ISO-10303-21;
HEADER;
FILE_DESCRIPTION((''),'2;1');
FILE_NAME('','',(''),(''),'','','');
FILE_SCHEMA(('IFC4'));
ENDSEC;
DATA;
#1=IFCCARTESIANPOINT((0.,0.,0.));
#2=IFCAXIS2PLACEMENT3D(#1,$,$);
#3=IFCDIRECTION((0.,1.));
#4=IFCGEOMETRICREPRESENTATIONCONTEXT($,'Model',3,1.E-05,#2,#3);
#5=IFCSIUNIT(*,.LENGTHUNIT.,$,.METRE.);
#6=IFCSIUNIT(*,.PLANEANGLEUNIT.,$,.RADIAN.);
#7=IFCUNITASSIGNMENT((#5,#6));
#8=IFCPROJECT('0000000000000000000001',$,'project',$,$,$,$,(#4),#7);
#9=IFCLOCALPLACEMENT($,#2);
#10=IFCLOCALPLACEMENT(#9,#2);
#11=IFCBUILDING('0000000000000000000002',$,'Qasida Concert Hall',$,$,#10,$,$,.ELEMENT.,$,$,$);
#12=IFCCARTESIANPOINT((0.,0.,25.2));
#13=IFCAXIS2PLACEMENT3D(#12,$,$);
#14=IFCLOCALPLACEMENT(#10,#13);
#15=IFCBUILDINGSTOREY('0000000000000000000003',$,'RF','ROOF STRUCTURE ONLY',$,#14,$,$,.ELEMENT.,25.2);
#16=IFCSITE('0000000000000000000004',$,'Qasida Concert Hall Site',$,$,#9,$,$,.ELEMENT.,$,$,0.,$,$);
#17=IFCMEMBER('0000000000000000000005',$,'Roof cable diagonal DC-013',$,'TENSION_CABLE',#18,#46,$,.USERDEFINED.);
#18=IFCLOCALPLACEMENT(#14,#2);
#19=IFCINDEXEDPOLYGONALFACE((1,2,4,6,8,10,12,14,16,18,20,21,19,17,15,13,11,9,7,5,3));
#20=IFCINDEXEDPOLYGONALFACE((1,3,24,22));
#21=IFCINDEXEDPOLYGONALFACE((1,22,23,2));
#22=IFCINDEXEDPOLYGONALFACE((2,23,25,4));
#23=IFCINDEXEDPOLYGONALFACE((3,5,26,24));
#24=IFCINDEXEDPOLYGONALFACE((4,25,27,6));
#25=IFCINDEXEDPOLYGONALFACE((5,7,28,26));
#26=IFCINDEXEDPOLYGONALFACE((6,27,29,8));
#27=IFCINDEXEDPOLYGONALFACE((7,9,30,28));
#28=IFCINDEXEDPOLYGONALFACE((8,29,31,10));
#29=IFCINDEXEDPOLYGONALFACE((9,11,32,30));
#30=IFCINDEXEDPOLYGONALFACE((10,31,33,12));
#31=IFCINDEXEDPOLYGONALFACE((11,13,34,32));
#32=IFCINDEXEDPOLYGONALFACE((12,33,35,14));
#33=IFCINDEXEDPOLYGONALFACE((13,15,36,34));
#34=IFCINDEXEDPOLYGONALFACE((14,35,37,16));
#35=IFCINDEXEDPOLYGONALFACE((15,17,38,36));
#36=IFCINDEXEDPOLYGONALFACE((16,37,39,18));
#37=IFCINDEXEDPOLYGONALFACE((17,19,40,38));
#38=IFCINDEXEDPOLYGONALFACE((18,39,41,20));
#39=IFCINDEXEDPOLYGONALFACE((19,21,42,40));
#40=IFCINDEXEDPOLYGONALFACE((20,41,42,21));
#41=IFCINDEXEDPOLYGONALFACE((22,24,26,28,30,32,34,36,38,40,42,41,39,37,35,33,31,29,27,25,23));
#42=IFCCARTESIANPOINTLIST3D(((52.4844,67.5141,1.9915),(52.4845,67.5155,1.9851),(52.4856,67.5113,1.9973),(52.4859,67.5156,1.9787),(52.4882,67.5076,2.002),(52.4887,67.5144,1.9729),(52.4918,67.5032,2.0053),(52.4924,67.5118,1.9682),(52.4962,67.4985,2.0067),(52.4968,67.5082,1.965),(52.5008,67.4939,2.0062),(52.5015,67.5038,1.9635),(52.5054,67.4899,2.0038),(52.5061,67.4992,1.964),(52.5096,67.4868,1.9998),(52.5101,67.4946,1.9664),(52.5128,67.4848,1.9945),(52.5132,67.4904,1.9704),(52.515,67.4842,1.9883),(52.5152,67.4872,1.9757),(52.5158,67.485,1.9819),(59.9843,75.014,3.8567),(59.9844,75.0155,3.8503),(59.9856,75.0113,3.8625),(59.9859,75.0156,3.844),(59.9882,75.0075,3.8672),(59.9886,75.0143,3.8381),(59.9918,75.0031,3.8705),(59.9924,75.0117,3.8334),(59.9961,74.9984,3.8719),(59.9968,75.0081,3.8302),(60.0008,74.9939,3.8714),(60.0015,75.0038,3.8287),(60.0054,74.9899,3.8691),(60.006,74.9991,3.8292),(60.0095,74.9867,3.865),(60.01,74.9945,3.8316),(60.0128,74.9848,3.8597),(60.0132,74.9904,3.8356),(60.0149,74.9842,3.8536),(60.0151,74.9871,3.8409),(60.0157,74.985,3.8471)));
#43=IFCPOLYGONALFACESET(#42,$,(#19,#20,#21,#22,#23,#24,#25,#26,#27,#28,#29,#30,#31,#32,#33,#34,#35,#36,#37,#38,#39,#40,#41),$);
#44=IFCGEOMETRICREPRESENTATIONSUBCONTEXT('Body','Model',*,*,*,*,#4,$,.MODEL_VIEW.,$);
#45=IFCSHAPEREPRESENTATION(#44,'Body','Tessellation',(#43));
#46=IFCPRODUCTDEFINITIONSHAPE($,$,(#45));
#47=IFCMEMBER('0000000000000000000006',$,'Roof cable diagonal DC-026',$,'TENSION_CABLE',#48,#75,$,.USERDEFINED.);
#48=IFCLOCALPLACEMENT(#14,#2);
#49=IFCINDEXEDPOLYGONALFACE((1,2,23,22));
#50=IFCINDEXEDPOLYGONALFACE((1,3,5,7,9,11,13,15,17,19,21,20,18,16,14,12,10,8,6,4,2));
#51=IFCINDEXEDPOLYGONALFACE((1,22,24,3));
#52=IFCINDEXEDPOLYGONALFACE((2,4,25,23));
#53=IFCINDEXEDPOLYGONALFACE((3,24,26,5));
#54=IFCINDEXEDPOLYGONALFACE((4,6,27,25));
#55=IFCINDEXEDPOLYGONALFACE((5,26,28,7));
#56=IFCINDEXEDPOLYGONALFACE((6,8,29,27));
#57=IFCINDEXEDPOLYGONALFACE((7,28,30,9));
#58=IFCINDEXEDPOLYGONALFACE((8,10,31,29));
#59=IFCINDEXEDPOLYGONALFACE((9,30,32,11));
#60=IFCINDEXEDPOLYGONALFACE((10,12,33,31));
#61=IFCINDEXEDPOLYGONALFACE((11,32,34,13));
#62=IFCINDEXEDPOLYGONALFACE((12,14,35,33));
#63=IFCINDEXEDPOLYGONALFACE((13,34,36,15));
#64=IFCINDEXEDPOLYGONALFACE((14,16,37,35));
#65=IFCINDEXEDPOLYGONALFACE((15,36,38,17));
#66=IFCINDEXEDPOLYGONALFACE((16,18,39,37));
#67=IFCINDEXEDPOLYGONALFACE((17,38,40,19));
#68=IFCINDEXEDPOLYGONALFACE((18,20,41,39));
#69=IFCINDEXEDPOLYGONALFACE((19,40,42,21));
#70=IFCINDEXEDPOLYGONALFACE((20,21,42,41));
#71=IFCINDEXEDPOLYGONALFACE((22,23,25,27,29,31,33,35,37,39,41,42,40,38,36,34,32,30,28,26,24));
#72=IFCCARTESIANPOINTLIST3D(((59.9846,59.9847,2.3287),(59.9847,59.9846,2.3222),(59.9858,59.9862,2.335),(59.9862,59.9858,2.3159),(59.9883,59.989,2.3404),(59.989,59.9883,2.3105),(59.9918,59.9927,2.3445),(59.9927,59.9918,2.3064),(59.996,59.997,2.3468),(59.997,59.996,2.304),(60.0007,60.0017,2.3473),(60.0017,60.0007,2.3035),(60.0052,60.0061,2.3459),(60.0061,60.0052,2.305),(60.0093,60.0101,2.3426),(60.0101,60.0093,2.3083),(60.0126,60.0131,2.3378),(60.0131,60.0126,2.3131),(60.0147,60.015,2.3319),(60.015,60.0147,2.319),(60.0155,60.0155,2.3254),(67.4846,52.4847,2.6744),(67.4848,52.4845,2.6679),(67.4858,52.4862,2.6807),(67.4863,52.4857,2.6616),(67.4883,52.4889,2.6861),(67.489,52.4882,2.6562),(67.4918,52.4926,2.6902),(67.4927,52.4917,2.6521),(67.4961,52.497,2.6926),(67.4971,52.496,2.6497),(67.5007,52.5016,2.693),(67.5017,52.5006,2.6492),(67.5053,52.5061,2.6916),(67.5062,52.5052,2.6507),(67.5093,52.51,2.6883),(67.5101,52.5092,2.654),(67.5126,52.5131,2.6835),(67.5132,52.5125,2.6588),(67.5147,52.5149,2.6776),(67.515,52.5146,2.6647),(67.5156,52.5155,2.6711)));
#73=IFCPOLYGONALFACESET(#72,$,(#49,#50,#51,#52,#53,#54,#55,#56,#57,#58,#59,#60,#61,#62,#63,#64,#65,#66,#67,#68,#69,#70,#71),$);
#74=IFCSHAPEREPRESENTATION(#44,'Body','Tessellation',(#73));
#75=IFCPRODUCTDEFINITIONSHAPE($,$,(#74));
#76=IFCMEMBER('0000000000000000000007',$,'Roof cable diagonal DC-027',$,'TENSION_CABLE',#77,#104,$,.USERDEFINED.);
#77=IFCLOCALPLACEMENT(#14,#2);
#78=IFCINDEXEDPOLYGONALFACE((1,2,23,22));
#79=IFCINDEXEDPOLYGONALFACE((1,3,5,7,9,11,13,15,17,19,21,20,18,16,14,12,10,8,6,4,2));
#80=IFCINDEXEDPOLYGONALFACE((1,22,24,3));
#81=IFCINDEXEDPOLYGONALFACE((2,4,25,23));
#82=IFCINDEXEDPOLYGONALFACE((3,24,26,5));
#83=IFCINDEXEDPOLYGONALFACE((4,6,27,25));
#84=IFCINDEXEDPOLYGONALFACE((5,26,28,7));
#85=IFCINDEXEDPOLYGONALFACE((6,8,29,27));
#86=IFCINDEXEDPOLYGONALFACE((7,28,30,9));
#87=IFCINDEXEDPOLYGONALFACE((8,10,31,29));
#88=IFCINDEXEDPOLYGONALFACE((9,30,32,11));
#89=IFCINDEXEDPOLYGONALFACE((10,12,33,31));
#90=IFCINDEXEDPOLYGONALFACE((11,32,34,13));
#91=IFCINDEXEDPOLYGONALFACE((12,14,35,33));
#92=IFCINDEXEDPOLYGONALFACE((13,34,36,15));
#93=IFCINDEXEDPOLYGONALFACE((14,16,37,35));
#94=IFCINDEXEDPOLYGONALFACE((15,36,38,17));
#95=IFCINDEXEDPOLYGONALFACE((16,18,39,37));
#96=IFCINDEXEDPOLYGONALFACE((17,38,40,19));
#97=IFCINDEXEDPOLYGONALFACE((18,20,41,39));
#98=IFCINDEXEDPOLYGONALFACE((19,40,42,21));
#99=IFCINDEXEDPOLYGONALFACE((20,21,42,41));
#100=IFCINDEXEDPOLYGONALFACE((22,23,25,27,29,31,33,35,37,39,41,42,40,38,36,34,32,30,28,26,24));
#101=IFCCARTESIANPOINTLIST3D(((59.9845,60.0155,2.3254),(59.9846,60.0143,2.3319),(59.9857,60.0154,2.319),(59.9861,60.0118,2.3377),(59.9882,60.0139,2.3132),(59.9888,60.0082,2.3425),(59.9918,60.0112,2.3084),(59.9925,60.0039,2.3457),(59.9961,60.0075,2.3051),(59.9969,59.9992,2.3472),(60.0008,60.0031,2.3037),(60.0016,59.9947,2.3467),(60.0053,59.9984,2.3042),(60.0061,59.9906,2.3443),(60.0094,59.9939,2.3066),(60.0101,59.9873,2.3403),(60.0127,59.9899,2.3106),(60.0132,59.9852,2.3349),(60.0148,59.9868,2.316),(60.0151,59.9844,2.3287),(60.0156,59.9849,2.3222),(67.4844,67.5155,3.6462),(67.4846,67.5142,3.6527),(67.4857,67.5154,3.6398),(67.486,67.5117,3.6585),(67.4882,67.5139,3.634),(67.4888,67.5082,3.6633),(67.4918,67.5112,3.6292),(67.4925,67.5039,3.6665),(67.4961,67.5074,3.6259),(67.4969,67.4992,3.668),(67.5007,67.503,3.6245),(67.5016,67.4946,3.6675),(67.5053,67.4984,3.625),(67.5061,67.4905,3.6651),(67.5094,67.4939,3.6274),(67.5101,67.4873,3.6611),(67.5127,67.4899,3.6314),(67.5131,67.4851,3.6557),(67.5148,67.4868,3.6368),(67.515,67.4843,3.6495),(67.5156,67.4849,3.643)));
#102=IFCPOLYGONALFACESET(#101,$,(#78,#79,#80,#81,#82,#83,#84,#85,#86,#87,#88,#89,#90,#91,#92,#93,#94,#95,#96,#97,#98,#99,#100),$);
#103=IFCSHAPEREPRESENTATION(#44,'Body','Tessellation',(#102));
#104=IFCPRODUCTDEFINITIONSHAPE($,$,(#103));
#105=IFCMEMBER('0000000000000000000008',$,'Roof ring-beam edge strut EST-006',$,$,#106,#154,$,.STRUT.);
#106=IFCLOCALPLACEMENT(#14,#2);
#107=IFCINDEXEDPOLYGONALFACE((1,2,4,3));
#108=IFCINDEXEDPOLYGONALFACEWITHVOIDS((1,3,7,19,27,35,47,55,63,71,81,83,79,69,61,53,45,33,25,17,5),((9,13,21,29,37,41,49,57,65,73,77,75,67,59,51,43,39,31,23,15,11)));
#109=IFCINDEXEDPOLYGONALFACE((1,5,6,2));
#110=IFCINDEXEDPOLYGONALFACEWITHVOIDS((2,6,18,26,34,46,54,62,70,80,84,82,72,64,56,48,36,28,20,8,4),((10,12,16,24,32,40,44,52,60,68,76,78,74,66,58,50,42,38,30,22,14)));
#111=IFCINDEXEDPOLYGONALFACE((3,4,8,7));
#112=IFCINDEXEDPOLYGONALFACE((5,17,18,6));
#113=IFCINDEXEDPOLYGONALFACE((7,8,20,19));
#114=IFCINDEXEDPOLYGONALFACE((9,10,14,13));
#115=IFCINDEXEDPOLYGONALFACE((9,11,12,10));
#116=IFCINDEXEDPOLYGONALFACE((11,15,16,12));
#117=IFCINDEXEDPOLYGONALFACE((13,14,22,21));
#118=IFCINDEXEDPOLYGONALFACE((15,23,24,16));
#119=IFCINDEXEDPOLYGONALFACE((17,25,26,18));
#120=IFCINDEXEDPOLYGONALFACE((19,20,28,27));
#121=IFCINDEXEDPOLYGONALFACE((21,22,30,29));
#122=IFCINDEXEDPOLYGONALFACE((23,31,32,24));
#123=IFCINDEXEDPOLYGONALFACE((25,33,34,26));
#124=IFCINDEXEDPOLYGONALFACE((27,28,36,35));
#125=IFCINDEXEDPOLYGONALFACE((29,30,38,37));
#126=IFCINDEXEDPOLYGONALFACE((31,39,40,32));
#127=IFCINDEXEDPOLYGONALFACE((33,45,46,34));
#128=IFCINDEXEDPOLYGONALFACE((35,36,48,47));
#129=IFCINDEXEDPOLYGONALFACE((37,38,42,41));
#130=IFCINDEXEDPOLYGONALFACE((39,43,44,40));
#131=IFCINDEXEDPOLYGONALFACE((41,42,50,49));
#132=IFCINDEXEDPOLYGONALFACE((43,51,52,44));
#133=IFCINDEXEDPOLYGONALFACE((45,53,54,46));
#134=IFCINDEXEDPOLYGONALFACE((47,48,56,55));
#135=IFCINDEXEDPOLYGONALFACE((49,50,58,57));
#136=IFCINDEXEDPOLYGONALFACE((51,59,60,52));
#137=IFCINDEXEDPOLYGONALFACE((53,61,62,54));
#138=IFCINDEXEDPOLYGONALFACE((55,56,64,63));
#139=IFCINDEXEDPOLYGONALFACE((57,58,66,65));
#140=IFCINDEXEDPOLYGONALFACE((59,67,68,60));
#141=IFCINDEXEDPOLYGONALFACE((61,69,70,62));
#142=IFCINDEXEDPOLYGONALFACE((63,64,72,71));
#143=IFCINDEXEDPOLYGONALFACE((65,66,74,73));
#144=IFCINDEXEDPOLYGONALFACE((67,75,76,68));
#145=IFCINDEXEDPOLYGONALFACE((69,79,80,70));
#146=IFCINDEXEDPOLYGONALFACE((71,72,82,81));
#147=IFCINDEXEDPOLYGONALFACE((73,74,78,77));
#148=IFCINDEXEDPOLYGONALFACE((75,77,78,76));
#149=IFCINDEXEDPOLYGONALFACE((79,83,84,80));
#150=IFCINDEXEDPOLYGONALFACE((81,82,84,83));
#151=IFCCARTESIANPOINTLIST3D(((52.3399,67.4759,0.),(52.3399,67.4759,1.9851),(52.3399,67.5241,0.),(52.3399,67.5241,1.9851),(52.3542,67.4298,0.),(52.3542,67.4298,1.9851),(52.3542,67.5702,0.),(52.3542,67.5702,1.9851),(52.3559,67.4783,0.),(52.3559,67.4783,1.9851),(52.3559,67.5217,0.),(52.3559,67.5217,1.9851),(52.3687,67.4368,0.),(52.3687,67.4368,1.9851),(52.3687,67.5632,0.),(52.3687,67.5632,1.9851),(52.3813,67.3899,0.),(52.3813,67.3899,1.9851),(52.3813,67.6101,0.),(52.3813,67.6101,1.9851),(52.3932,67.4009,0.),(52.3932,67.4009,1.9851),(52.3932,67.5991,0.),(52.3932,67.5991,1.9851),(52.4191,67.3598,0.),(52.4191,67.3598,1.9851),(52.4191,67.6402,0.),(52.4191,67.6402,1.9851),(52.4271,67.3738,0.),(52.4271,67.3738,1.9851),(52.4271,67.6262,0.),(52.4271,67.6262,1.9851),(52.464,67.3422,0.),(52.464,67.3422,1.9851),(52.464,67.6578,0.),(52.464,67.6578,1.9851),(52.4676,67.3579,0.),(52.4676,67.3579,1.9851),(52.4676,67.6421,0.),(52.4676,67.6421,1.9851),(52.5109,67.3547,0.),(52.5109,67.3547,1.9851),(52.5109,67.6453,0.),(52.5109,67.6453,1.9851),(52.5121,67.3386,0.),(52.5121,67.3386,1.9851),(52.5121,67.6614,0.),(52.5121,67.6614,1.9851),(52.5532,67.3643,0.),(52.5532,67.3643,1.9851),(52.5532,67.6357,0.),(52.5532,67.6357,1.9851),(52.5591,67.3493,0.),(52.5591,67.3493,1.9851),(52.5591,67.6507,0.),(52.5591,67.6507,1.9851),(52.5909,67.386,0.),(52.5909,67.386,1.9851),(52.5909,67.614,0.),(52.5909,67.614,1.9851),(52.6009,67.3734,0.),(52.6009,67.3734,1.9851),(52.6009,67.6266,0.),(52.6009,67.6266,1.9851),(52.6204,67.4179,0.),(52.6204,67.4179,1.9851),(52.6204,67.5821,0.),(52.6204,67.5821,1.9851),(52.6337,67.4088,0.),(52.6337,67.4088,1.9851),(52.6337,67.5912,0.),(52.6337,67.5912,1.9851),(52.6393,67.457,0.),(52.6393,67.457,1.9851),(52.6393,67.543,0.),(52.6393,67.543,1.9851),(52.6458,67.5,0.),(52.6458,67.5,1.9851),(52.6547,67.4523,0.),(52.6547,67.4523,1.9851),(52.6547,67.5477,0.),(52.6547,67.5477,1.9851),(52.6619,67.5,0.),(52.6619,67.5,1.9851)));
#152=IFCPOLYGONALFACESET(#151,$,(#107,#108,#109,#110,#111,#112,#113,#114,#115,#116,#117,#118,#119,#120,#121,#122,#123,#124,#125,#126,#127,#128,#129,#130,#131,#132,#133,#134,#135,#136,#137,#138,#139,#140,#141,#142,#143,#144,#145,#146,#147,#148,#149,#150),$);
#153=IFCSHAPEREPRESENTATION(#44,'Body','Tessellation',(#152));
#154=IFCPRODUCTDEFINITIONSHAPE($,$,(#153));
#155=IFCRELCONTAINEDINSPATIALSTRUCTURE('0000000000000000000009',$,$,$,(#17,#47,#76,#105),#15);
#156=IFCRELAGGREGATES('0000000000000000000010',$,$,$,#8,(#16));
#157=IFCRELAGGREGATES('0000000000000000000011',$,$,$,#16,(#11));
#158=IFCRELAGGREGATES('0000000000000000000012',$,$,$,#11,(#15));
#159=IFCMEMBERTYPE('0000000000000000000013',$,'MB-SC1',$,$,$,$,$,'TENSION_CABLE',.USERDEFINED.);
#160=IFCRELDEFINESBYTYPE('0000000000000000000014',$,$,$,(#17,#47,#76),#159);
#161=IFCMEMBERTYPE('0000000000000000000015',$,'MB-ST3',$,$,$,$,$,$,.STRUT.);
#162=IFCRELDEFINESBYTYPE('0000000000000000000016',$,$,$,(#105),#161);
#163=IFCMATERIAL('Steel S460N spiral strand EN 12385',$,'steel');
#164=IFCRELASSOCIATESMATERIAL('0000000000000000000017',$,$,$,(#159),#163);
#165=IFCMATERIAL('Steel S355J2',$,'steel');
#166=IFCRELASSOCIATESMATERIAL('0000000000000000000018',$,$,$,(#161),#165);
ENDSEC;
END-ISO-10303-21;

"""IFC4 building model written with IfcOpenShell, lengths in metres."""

from ifc_helpers import new_model, si_unit, direction, frame, origin, origin_2d, place, context, subcontext, project, spatial, circle, hollow_circle, extrude, material, material_profile, profile_set, type_object, element, save


model = new_model("IFC4")

# Units and contexts
model_context = context("Model", 3, precision=1e-05, world=origin(), true_north=direction((0.0, 1.0)))
body_context = subcontext(model_context, "Body", "Model", "MODEL_VIEW")
ifc_project = project(units=[si_unit("LENGTHUNIT", "METRE"), si_unit("PLANEANGLEUNIT", "RADIAN")], contexts=[model_context])

# Site, building, storey
site_placement = place(None, origin())
site = spatial("IfcSite", under=ifc_project, at=site_placement, Name="Qasida Concert Hall Site", CompositionType="ELEMENT", RefElevation=0.0)
building_placement = place(site_placement, origin())
building = spatial("IfcBuilding", under=site, at=building_placement, Name="Qasida Concert Hall", CompositionType="ELEMENT")
storey_placement = place(building_placement, frame((0.0, 0.0, 25.2)))
storey = spatial("IfcBuildingStorey", under=building, at=storey_placement, Name="RF", Description="ROOF STRUCTURE ONLY", CompositionType="ELEMENT", Elevation=25.2)

# Members
ifc_material_1 = material(Name="Steel S460N spiral strand EN 12385", Category="steel")
ifc_material_profile_1 = material_profile(ifc_material_1, circle(Radius=0.022, at=origin_2d()), Name="STRAND D44")
ifc_profile_set_1 = profile_set([ifc_material_profile_1], Name="Steel S460N spiral strand EN 12385")
member_type_1 = type_object("IfcMemberType", Name="MB-SC1", ElementType="TENSION_CABLE", PredefinedType="USERDEFINED", material=ifc_profile_set_1)
member_1_placement = place(storey_placement, frame((52.5, 67.5, 1.9851), z_axis=(0.69642, 0.69642, 0.173198), x_axis=(-0.707107, 0.707107, 0.0)))
element("IfcMember", 1, at=member_1_placement, inside=storey, type_object=member_type_1, Name="Roof cable diagonal DC-013", ObjectType="TENSION_CABLE", PredefinedType="USERDEFINED", context=body_context, shape_type="SweptSolid", body=[
    extrude(circle(Radius=0.022, at=origin_2d()), origin(), (0.0, 0.0, 1.0), 10.7693),
])
member_2_placement = place(storey_placement, frame((60.0, 60.0, 2.3254), z_axis=(0.706731, -0.706731, 0.032576), x_axis=(0.707107, 0.707107, 0.0)))
element("IfcMember", 2, at=member_2_placement, inside=storey, type_object=member_type_1, Name="Roof cable diagonal DC-026", ObjectType="TENSION_CABLE", PredefinedType="USERDEFINED", context=body_context, shape_type="SweptSolid", body=[
    extrude(circle(Radius=0.022, at=origin_2d()), origin(), (0.0, 0.0, 1.0), 10.6123),
])
member_3_placement = place(storey_placement, frame((60.0, 60.0, 2.3254), z_axis=(0.701687, 0.701687, 0.123572), x_axis=(-0.707107, 0.707107, 0.0)))
element("IfcMember", 3, at=member_3_placement, inside=storey, type_object=member_type_1, Name="Roof cable diagonal DC-027", ObjectType="TENSION_CABLE", PredefinedType="USERDEFINED", context=body_context, shape_type="SweptSolid", body=[
    extrude(circle(Radius=0.022, at=origin_2d()), origin(), (0.0, 0.0, 1.0), 10.6885),
])
ifc_material_2 = material(Name="Steel S355J2", Category="steel")
ifc_material_profile_2 = material_profile(ifc_material_2, hollow_circle(Radius=0.1619, WallThickness=0.0161, at=origin_2d()), Name="CHS 323.9x16")
ifc_profile_set_2 = profile_set([ifc_material_profile_2], Name="Steel S355J2")
member_type_2 = type_object("IfcMemberType", Name="MB-ST3", PredefinedType="STRUT", material=ifc_profile_set_2)
member_4_placement = place(storey_placement, frame((52.5, 67.5, 0.0), z_axis=(0.0, 0.0, 1.0), x_axis=(1.0, 0.0, 0.0)))
element("IfcMember", 4, at=member_4_placement, inside=storey, type_object=member_type_2, Name="Roof ring-beam edge strut EST-006", PredefinedType="STRUT", context=body_context, shape_type="SweptSolid", body=[
    extrude(hollow_circle(Radius=0.1619, WallThickness=0.0161, at=origin_2d()), origin(), (0.0, 0.0, 1.0), 1.9851),
])

save(model, "model.ifc")
